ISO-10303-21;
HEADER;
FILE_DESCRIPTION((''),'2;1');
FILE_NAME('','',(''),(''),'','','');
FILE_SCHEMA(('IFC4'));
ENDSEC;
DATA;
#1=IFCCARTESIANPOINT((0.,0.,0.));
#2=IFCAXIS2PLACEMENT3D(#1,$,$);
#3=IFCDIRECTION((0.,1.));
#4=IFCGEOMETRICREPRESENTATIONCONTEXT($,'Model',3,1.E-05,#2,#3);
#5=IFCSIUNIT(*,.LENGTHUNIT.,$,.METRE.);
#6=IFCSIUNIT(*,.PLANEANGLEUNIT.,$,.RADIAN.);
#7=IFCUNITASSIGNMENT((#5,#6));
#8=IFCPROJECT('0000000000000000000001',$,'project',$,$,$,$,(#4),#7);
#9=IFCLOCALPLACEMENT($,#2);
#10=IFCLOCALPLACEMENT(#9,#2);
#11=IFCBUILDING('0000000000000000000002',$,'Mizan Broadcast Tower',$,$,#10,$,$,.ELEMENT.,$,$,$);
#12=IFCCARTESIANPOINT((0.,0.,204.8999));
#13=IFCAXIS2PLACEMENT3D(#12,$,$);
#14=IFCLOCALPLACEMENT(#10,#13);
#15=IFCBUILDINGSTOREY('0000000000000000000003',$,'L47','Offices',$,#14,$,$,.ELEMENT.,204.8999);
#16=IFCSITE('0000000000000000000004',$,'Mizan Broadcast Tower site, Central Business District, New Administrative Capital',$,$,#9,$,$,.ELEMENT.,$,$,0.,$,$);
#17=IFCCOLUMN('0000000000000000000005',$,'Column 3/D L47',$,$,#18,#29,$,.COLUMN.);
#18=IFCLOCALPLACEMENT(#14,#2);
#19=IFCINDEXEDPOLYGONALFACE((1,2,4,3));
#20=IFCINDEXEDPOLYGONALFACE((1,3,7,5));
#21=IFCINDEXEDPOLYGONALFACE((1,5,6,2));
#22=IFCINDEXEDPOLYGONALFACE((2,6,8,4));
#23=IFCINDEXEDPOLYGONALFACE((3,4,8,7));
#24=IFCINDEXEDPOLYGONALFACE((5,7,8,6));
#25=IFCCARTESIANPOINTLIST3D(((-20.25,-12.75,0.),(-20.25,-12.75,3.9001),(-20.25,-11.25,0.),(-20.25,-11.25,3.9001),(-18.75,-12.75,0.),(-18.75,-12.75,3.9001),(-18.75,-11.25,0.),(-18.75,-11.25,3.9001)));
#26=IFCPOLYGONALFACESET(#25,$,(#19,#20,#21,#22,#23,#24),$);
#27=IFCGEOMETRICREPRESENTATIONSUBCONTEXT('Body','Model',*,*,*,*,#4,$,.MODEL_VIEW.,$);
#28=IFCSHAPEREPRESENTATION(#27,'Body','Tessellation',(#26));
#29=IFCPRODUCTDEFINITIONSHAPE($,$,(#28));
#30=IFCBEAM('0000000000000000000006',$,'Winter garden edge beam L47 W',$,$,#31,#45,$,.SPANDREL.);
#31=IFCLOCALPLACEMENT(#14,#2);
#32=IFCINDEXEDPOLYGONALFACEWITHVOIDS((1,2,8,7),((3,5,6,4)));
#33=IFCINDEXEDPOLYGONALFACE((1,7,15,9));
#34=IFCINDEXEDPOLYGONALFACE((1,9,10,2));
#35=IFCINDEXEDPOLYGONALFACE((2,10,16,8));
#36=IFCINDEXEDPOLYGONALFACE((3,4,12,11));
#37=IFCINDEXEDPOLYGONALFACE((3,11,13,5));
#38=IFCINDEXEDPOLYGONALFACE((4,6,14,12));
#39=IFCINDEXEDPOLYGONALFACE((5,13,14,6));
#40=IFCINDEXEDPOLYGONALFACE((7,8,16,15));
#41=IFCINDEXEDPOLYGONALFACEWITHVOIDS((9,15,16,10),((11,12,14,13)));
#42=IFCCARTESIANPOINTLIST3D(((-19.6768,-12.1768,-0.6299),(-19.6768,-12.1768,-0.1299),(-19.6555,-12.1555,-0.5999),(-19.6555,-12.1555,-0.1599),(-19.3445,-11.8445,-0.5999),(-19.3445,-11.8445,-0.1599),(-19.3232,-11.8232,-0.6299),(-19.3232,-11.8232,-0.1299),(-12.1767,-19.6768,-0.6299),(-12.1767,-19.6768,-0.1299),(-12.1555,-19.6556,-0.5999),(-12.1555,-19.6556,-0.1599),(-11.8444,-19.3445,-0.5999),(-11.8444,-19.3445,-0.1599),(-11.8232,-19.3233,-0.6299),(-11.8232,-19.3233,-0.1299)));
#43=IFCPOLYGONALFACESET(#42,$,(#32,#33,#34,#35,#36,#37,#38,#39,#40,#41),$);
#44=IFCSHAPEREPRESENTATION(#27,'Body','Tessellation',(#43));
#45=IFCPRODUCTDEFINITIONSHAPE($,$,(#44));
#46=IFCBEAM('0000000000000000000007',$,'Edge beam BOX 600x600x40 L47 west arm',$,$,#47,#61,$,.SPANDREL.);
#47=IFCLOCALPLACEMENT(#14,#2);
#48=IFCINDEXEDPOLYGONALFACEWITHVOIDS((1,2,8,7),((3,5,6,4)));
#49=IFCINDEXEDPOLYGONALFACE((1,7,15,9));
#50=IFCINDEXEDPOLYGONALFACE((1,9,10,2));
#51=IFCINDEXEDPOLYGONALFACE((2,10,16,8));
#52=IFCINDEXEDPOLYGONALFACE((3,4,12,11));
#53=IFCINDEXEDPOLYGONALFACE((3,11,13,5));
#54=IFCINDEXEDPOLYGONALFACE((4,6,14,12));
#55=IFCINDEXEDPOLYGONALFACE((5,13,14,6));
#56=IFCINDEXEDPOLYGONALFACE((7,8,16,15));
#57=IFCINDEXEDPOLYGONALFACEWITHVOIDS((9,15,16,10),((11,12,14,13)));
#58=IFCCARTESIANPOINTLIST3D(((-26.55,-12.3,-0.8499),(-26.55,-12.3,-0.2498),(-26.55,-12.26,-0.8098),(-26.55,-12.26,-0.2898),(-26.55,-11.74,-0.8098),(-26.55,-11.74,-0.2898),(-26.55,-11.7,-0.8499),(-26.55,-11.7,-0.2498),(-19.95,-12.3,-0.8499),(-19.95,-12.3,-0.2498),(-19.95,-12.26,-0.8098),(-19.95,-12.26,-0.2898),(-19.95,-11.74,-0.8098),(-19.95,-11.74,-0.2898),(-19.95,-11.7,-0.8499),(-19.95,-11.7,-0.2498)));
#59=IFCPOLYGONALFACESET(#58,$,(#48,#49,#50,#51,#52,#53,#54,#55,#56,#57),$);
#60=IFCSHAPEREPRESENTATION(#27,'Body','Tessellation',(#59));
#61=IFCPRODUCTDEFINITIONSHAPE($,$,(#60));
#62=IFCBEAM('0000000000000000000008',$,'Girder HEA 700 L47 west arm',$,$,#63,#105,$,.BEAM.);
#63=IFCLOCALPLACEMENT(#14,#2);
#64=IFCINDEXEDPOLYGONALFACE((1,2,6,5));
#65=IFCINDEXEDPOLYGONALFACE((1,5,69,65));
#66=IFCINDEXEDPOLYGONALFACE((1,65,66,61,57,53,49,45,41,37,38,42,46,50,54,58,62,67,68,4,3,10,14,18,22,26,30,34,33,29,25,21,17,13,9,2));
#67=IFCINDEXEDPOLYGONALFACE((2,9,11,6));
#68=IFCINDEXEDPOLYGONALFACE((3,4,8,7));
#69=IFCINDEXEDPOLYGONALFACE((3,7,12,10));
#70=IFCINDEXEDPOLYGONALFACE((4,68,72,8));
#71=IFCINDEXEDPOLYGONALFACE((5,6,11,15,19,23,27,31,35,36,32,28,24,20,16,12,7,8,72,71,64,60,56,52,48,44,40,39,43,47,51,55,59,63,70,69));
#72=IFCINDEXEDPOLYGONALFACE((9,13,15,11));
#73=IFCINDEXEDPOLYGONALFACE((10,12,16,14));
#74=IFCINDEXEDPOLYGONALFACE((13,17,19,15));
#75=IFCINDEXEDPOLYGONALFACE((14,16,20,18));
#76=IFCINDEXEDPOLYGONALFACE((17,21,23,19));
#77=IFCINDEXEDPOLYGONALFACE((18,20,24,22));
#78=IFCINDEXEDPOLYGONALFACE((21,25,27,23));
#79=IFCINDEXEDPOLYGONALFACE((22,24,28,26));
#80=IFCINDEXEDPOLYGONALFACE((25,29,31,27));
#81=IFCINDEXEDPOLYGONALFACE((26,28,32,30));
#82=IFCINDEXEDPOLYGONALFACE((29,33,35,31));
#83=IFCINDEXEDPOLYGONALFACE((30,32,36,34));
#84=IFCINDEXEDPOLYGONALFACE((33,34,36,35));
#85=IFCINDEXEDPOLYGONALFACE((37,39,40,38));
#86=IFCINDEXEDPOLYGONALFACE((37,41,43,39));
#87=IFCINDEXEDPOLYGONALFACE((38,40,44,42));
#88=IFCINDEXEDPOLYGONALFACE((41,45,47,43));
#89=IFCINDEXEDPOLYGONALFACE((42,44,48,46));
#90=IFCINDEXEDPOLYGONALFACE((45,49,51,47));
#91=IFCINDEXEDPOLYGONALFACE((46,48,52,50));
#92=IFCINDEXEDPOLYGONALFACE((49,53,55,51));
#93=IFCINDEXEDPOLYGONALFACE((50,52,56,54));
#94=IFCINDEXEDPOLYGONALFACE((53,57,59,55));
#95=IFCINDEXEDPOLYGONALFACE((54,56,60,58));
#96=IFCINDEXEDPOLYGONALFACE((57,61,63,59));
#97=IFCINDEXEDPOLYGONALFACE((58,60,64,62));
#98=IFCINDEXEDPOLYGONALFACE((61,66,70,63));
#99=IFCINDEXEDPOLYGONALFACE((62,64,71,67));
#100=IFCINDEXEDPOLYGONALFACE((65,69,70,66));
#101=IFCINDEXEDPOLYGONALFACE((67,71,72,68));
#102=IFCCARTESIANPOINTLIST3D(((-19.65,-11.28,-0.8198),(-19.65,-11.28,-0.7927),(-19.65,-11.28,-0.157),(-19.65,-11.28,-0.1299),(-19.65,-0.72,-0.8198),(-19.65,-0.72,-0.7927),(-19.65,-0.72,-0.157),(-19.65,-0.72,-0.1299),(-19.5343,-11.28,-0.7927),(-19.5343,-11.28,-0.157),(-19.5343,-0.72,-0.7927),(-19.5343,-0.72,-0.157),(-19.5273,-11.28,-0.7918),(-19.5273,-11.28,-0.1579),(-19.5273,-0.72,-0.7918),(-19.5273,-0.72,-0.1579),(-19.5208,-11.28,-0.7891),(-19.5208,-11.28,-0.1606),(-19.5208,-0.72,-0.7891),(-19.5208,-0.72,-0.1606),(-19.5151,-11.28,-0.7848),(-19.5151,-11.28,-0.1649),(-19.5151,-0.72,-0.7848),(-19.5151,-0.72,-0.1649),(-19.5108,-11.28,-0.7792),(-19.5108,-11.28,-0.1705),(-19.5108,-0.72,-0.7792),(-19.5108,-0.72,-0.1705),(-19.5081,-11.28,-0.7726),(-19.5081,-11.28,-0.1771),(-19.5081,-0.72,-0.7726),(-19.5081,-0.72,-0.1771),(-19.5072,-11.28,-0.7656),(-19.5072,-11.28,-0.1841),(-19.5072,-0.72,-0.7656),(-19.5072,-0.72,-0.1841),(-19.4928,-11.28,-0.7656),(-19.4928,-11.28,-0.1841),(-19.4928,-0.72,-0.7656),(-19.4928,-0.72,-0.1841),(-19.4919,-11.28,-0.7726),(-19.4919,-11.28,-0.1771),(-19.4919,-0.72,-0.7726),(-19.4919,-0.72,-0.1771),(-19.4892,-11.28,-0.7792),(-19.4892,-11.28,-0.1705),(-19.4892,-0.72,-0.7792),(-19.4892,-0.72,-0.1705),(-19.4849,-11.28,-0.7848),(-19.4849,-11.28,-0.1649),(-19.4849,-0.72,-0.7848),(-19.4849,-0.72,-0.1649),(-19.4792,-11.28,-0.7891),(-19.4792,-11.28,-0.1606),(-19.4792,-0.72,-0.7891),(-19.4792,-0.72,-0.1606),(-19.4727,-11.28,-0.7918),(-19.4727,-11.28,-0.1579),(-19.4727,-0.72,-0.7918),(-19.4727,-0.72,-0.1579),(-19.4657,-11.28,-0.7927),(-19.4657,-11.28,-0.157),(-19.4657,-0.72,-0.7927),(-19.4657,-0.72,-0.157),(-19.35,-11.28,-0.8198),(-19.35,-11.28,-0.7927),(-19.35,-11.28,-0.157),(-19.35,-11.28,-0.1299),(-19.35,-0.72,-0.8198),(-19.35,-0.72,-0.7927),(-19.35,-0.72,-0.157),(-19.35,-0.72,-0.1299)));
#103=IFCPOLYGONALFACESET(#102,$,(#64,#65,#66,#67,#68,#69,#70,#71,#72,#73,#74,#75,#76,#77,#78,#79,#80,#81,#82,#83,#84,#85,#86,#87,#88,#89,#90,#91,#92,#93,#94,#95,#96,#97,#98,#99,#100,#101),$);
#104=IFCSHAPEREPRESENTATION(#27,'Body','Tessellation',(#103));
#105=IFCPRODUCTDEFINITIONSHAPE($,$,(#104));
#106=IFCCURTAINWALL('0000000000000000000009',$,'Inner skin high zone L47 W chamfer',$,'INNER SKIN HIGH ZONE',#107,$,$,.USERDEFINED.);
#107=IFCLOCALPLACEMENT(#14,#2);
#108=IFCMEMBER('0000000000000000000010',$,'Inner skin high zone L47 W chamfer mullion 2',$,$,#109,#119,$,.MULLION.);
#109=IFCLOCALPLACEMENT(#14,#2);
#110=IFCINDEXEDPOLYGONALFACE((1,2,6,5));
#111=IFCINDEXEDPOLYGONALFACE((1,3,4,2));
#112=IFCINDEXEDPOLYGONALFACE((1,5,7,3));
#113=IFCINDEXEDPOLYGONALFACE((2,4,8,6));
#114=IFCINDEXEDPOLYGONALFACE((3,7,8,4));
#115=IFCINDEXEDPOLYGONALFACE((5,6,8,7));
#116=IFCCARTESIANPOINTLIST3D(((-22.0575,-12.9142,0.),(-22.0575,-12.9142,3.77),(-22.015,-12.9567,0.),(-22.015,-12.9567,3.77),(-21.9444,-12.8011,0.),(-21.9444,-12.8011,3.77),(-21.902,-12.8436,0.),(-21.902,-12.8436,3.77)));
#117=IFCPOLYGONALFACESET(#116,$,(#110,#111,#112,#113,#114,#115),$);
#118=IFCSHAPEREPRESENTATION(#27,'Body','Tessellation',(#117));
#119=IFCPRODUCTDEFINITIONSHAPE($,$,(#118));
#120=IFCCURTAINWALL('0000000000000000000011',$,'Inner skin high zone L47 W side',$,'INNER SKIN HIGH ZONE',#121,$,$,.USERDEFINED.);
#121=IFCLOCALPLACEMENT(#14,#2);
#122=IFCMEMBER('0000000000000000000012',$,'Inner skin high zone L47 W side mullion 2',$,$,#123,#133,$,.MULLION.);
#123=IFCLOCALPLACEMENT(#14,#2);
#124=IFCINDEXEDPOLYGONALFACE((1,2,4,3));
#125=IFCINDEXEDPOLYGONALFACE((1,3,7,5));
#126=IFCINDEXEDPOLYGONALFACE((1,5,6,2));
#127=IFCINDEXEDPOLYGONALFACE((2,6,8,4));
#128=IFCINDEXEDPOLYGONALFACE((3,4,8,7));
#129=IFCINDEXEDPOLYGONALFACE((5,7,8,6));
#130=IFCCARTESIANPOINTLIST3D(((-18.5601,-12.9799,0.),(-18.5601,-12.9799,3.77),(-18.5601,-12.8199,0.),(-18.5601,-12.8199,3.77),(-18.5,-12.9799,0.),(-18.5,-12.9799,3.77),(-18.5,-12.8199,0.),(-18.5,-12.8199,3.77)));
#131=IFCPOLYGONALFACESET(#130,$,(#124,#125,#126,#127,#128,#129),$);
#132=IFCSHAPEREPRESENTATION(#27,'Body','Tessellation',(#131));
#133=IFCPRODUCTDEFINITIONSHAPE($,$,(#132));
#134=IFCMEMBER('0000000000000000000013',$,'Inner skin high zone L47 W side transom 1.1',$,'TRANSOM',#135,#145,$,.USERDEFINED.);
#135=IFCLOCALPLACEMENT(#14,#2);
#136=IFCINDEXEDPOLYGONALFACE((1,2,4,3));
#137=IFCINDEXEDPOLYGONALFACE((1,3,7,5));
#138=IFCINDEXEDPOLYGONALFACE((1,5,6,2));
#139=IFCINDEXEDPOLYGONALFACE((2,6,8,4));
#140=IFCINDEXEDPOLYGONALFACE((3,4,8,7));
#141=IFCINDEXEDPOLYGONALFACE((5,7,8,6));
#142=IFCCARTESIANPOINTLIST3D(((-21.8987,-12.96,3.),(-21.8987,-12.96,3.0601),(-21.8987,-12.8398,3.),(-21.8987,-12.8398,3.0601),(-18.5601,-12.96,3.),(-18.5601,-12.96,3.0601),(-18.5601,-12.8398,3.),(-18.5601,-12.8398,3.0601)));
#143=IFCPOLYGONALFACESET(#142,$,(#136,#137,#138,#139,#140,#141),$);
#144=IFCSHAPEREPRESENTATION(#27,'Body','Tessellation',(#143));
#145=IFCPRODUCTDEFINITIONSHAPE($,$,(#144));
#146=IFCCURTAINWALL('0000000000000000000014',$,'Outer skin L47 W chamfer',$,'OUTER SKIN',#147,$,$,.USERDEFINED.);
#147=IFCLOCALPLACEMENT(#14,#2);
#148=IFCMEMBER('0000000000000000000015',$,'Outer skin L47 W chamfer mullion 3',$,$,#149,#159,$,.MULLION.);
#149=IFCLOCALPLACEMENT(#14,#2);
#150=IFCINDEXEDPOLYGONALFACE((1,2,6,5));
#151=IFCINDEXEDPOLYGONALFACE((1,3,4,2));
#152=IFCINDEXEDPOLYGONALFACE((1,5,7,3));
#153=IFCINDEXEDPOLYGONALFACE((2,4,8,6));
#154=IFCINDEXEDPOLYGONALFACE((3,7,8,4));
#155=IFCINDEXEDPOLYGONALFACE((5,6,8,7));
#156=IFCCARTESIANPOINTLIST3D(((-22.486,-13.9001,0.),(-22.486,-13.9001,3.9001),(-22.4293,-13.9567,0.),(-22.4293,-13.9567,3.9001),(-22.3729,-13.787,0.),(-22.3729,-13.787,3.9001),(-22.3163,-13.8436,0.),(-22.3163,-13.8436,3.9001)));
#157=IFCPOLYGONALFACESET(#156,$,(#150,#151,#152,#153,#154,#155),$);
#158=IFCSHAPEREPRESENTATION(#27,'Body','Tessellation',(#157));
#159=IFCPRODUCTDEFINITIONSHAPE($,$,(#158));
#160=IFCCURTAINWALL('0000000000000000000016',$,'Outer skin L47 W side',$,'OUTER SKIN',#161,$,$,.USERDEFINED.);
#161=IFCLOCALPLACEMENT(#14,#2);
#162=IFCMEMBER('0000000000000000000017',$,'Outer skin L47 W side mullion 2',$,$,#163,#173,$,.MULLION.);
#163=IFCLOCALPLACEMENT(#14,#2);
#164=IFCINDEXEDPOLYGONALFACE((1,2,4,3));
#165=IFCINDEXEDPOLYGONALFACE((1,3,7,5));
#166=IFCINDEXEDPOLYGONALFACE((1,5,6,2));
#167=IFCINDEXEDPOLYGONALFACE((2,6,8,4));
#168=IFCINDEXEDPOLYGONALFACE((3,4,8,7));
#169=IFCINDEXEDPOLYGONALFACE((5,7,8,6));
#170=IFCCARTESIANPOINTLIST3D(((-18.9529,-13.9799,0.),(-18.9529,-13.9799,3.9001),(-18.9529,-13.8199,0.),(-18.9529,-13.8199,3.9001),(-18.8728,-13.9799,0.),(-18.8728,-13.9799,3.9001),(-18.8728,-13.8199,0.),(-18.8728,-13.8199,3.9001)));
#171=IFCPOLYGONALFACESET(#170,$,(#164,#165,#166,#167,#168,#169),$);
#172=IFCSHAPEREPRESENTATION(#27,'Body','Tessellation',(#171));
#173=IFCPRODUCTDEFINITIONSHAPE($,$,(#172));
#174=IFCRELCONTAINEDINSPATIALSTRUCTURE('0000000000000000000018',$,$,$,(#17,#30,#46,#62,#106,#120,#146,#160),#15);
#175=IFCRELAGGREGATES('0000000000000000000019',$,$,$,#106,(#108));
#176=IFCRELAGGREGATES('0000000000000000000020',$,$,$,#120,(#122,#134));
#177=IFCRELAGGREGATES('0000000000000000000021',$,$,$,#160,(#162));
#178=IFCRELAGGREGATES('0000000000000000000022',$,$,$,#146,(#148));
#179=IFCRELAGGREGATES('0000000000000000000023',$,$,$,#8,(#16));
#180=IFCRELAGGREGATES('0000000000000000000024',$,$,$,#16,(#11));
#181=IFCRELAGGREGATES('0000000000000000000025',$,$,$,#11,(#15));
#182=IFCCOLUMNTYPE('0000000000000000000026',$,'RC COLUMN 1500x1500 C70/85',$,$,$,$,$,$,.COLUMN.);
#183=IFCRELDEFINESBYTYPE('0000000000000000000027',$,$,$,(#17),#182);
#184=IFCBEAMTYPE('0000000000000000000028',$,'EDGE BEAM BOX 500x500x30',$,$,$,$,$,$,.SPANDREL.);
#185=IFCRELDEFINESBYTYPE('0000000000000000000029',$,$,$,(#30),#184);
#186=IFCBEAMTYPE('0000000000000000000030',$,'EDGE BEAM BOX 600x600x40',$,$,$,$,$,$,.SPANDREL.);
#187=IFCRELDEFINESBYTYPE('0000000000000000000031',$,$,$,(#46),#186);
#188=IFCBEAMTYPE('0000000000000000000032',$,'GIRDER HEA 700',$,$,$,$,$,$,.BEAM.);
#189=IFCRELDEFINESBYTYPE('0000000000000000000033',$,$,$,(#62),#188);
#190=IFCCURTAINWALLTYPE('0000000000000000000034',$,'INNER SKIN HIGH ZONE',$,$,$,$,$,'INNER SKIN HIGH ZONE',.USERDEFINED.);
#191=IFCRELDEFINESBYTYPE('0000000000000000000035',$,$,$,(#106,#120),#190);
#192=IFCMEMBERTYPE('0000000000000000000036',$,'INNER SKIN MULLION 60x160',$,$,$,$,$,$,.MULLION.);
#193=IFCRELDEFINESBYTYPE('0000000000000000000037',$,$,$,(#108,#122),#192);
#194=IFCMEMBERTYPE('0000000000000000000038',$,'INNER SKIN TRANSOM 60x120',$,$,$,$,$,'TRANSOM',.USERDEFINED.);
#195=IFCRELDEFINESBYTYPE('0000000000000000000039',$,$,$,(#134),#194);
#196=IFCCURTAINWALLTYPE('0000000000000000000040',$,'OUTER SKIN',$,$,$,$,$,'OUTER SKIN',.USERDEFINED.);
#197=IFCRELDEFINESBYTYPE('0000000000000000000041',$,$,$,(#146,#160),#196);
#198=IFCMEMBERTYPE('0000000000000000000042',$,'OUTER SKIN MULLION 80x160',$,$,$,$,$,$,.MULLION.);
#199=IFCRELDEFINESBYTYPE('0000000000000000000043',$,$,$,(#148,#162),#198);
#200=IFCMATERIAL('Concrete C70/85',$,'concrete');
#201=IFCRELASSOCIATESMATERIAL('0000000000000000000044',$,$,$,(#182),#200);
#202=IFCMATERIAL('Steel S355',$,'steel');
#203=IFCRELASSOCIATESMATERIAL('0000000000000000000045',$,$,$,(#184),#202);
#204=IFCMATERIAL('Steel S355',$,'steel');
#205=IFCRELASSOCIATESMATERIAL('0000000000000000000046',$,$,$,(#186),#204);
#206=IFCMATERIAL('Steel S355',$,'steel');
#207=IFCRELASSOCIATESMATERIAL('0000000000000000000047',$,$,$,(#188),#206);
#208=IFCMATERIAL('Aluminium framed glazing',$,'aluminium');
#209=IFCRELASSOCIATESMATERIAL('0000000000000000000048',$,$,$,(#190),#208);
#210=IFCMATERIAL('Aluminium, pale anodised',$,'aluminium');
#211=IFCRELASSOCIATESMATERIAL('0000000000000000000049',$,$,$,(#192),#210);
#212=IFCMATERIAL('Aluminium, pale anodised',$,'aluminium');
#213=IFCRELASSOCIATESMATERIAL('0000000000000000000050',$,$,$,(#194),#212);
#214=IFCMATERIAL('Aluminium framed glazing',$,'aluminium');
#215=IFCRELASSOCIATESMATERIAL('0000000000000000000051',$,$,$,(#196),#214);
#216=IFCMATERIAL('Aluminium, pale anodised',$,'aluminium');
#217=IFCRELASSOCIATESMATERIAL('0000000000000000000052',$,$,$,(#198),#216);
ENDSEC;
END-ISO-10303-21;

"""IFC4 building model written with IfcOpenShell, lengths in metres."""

from ifc_helpers import new_model, si_unit, direction, frame, origin, origin_2d, place, context, subcontext, project, spatial, rectangle, hollow_rectangle, i_section, extrude, material, material_profile, profile_set, type_object, element, aggregate, save


model = new_model("IFC4")

# Units and contexts
model_context = context("Model", 3, precision=1e-05, world=origin(), true_north=direction((0.0, 1.0)))
body_context = subcontext(model_context, "Body", "Model", "MODEL_VIEW")
ifc_project = project(units=[si_unit("LENGTHUNIT", "METRE"), si_unit("PLANEANGLEUNIT", "RADIAN")], contexts=[model_context])

# Site, building, storey
site_placement = place(None, origin())
site = spatial("IfcSite", under=ifc_project, at=site_placement, Name="Mizan Broadcast Tower site, Central Business District, New Administrative Capital", CompositionType="ELEMENT", RefElevation=0.0)
building_placement = place(site_placement, origin())
building = spatial("IfcBuilding", under=site, at=building_placement, Name="Mizan Broadcast Tower", CompositionType="ELEMENT")
storey_placement = place(building_placement, frame((0.0, 0.0, 204.8999)))
storey = spatial("IfcBuildingStorey", under=building, at=storey_placement, Name="L47", Description="Offices", CompositionType="ELEMENT", Elevation=204.8999)

# Column
ifc_material_1 = material(Name="Concrete C70/85", Category="concrete")
ifc_material_profile_1 = material_profile(ifc_material_1, rectangle(XDim=1.5, YDim=1.5, at=origin_2d()), Name="RC 1500x1500")
ifc_profile_set_1 = profile_set([ifc_material_profile_1], Name="Concrete C70/85")
column_type = type_object("IfcColumnType", Name="RC COLUMN 1500x1500 C70/85", PredefinedType="COLUMN", material=ifc_profile_set_1)
column_placement = place(storey_placement, frame((-19.5, -12.0, 0.0), z_axis=(0.0, 0.0, 1.0), x_axis=(1.0, 0.0, 0.0)))
element("IfcColumn", 1, at=column_placement, inside=storey, type_object=column_type, Name="Column 3/D L47", PredefinedType="COLUMN", context=body_context, shape_type="SweptSolid", body=[
    extrude(rectangle(XDim=1.5, YDim=1.5, at=origin_2d()), origin(), (0.0, 0.0, 1.0), 3.9001),
])

# Beams
ifc_material_2 = material(Name="Steel S355", Category="steel")
ifc_material_profile_2 = material_profile(ifc_material_2, hollow_rectangle(XDim=0.5, YDim=0.5, WallThickness=0.03, at=origin_2d()), Name="BOX 500x500x30")
ifc_profile_set_2 = profile_set([ifc_material_profile_2], Name="Steel S355")
beam_type_1 = type_object("IfcBeamType", Name="EDGE BEAM BOX 500x500x30", PredefinedType="SPANDREL", material=ifc_profile_set_2)
beam_1_placement = place(storey_placement, frame((-19.5, -12.0, -0.3799), z_axis=(0.707107, -0.707107, 0.0), x_axis=(0.707107, 0.707107, 0.0)))
element("IfcBeam", 2, at=beam_1_placement, inside=storey, type_object=beam_type_1, Name="Winter garden edge beam L47 W", PredefinedType="SPANDREL", context=body_context, shape_type="SweptSolid", body=[
    extrude(hollow_rectangle(XDim=0.5, YDim=0.5, WallThickness=0.03, at=origin_2d()), origin(), (0.0, 0.0, 1.0), 10.6067),
])
ifc_material_3 = material(Name="Steel S355", Category="steel")
ifc_material_profile_3 = material_profile(ifc_material_3, hollow_rectangle(XDim=0.6001, YDim=0.6001, WallThickness=0.04, at=origin_2d()), Name="BOX 600x600x40")
ifc_profile_set_3 = profile_set([ifc_material_profile_3], Name="Steel S355")
beam_type_2 = type_object("IfcBeamType", Name="EDGE BEAM BOX 600x600x40", PredefinedType="SPANDREL", material=ifc_profile_set_3)
beam_2_placement = place(storey_placement, frame((-19.95, -12.0, -0.5498), z_axis=(-1.0, 0.0, 0.0), x_axis=(0.0, -1.0, 0.0)))
element("IfcBeam", 3, at=beam_2_placement, inside=storey, type_object=beam_type_2, Name="Edge beam BOX 600x600x40 L47 west arm", PredefinedType="SPANDREL", context=body_context, shape_type="SweptSolid", body=[
    extrude(hollow_rectangle(XDim=0.6001, YDim=0.6001, WallThickness=0.04, at=origin_2d()), origin(), (0.0, 0.0, 1.0), 6.6001),
])
ifc_material_4 = material(Name="Steel S355", Category="steel")
ifc_material_profile_4 = material_profile(ifc_material_4, i_section(OverallWidth=0.3, OverallDepth=0.6899, WebThickness=0.0144, FlangeThickness=0.0271, FilletRadius=0.0271, at=origin_2d()), Name="HEA 700")
ifc_profile_set_4 = profile_set([ifc_material_profile_4], Name="Steel S355")
beam_type_3 = type_object("IfcBeamType", Name="GIRDER HEA 700", PredefinedType="BEAM", material=ifc_profile_set_4)
beam_3_placement = place(storey_placement, frame((-19.5, -11.28, -0.4749), z_axis=(0.0, 1.0, 0.0), x_axis=(-1.0, 0.0, 0.0)))
element("IfcBeam", 4, at=beam_3_placement, inside=storey, type_object=beam_type_3, Name="Girder HEA 700 L47 west arm", PredefinedType="BEAM", context=body_context, shape_type="SweptSolid", body=[
    extrude(i_section(OverallWidth=0.3, OverallDepth=0.6899, WebThickness=0.0144, FlangeThickness=0.0271, FilletRadius=0.0271, at=origin_2d()), origin(), (0.0, 0.0, 1.0), 10.5601),
])

# Curtain wall, member
ifc_material_5 = material(Name="Aluminium framed glazing", Category="aluminium")
curtain_wall_type_1 = type_object("IfcCurtainWallType", Name="INNER SKIN HIGH ZONE", ElementType="INNER SKIN HIGH ZONE", PredefinedType="USERDEFINED", material=ifc_material_5)
curtain_wall_1_placement = place(storey_placement, origin())
curtain_wall_1 = element("IfcCurtainWall", 5, at=curtain_wall_1_placement, inside=storey, type_object=curtain_wall_type_1, Name="Inner skin high zone L47 W chamfer", ObjectType="INNER SKIN HIGH ZONE", PredefinedType="USERDEFINED")
ifc_material_6 = material(Name="Aluminium, pale anodised", Category="aluminium")
ifc_material_profile_5 = material_profile(ifc_material_6, rectangle(XDim=0.1599, YDim=0.0601, at=origin_2d()), Name="MULLION 160x60")
ifc_profile_set_5 = profile_set([ifc_material_profile_5], Name="Aluminium, pale anodised")
member_type_1 = type_object("IfcMemberType", Name="INNER SKIN MULLION 60x160", PredefinedType="MULLION", material=ifc_profile_set_5)
member_1_placement = place(storey_placement, frame((-21.9797, -12.8789, 0.0), z_axis=(0.0, 0.0, 1.0), x_axis=(0.707107, 0.707107, 0.0)))
member_1 = element("IfcMember", 6, at=member_1_placement, type_object=member_type_1, Name="Inner skin high zone L47 W chamfer mullion 2", PredefinedType="MULLION", context=body_context, shape_type="SweptSolid", body=[
    extrude(rectangle(XDim=0.1599, YDim=0.0601, at=origin_2d()), origin(), (0.0, 0.0, 1.0), 3.77),
])

# Curtain wall, members
curtain_wall_2_placement = place(storey_placement, origin())
curtain_wall_2 = element("IfcCurtainWall", 7, at=curtain_wall_2_placement, inside=storey, type_object=curtain_wall_type_1, Name="Inner skin high zone L47 W side", ObjectType="INNER SKIN HIGH ZONE", PredefinedType="USERDEFINED")
member_2_placement = place(storey_placement, frame((-18.53, -12.8999, 0.0), z_axis=(0.0, 0.0, 1.0), x_axis=(0.0, 1.0, 0.0)))
member_2 = element("IfcMember", 8, at=member_2_placement, type_object=member_type_1, Name="Inner skin high zone L47 W side mullion 2", PredefinedType="MULLION", context=body_context, shape_type="SweptSolid", body=[
    extrude(rectangle(XDim=0.1599, YDim=0.0601, at=origin_2d()), origin(), (0.0, 0.0, 1.0), 3.77),
])
ifc_material_7 = material(Name="Aluminium, pale anodised", Category="aluminium")
ifc_material_profile_6 = material_profile(ifc_material_7, rectangle(XDim=0.1201, YDim=0.0601, at=origin_2d()), Name="TRANSOM 120x60")
ifc_profile_set_6 = profile_set([ifc_material_profile_6], Name="Aluminium, pale anodised")
member_type_2 = type_object("IfcMemberType", Name="INNER SKIN TRANSOM 60x120", ElementType="TRANSOM", PredefinedType="USERDEFINED", material=ifc_profile_set_6)
member_3_placement = place(storey_placement, frame((-21.8987, -12.8999, 3.03), z_axis=(1.0, 0.0, 0.0), x_axis=(0.0, 1.0, 0.0)))
member_3 = element("IfcMember", 9, at=member_3_placement, type_object=member_type_2, Name="Inner skin high zone L47 W side transom 1.1", ObjectType="TRANSOM", PredefinedType="USERDEFINED", context=body_context, shape_type="SweptSolid", body=[
    extrude(rectangle(XDim=0.1201, YDim=0.0601, at=origin_2d()), origin(), (0.0, 0.0, 1.0), 3.3386),
])

# Curtain wall, member
ifc_material_8 = material(Name="Aluminium framed glazing", Category="aluminium")
curtain_wall_type_2 = type_object("IfcCurtainWallType", Name="OUTER SKIN", ElementType="OUTER SKIN", PredefinedType="USERDEFINED", material=ifc_material_8)
curtain_wall_3_placement = place(storey_placement, origin())
curtain_wall_3 = element("IfcCurtainWall", 10, at=curtain_wall_3_placement, inside=storey, type_object=curtain_wall_type_2, Name="Outer skin L47 W chamfer", ObjectType="OUTER SKIN", PredefinedType="USERDEFINED")
ifc_material_9 = material(Name="Aluminium, pale anodised", Category="aluminium")
ifc_material_profile_7 = material_profile(ifc_material_9, rectangle(XDim=0.1599, YDim=0.0801, at=origin_2d()), Name="MULLION 160x80")
ifc_profile_set_7 = profile_set([ifc_material_profile_7], Name="Aluminium, pale anodised")
member_type_3 = type_object("IfcMemberType", Name="OUTER SKIN MULLION 80x160", PredefinedType="MULLION", material=ifc_profile_set_7)
member_4_placement = place(storey_placement, frame((-22.4011, -13.8718, 0.0), z_axis=(0.0, 0.0, 1.0), x_axis=(0.707107, 0.707107, 0.0)))
member_4 = element("IfcMember", 11, at=member_4_placement, type_object=member_type_3, Name="Outer skin L47 W chamfer mullion 3", PredefinedType="MULLION", context=body_context, shape_type="SweptSolid", body=[
    extrude(rectangle(XDim=0.1599, YDim=0.0801, at=origin_2d()), origin(), (0.0, 0.0, 1.0), 3.9001),
])

# Curtain wall, member
curtain_wall_4_placement = place(storey_placement, origin())
curtain_wall_4 = element("IfcCurtainWall", 12, at=curtain_wall_4_placement, inside=storey, type_object=curtain_wall_type_2, Name="Outer skin L47 W side", ObjectType="OUTER SKIN", PredefinedType="USERDEFINED")
member_5_placement = place(storey_placement, frame((-18.9128, -13.8999, 0.0), z_axis=(0.0, 0.0, 1.0), x_axis=(0.0, 1.0, 0.0)))
member_5 = element("IfcMember", 13, at=member_5_placement, type_object=member_type_3, Name="Outer skin L47 W side mullion 2", PredefinedType="MULLION", context=body_context, shape_type="SweptSolid", body=[
    extrude(rectangle(XDim=0.1599, YDim=0.0801, at=origin_2d()), origin(), (0.0, 0.0, 1.0), 3.9001),
])

aggregate(curtain_wall_1, [member_1])
aggregate(curtain_wall_2, [member_2, member_3])
aggregate(curtain_wall_4, [member_5])
aggregate(curtain_wall_3, [member_4])

save(model, "model.ifc")
